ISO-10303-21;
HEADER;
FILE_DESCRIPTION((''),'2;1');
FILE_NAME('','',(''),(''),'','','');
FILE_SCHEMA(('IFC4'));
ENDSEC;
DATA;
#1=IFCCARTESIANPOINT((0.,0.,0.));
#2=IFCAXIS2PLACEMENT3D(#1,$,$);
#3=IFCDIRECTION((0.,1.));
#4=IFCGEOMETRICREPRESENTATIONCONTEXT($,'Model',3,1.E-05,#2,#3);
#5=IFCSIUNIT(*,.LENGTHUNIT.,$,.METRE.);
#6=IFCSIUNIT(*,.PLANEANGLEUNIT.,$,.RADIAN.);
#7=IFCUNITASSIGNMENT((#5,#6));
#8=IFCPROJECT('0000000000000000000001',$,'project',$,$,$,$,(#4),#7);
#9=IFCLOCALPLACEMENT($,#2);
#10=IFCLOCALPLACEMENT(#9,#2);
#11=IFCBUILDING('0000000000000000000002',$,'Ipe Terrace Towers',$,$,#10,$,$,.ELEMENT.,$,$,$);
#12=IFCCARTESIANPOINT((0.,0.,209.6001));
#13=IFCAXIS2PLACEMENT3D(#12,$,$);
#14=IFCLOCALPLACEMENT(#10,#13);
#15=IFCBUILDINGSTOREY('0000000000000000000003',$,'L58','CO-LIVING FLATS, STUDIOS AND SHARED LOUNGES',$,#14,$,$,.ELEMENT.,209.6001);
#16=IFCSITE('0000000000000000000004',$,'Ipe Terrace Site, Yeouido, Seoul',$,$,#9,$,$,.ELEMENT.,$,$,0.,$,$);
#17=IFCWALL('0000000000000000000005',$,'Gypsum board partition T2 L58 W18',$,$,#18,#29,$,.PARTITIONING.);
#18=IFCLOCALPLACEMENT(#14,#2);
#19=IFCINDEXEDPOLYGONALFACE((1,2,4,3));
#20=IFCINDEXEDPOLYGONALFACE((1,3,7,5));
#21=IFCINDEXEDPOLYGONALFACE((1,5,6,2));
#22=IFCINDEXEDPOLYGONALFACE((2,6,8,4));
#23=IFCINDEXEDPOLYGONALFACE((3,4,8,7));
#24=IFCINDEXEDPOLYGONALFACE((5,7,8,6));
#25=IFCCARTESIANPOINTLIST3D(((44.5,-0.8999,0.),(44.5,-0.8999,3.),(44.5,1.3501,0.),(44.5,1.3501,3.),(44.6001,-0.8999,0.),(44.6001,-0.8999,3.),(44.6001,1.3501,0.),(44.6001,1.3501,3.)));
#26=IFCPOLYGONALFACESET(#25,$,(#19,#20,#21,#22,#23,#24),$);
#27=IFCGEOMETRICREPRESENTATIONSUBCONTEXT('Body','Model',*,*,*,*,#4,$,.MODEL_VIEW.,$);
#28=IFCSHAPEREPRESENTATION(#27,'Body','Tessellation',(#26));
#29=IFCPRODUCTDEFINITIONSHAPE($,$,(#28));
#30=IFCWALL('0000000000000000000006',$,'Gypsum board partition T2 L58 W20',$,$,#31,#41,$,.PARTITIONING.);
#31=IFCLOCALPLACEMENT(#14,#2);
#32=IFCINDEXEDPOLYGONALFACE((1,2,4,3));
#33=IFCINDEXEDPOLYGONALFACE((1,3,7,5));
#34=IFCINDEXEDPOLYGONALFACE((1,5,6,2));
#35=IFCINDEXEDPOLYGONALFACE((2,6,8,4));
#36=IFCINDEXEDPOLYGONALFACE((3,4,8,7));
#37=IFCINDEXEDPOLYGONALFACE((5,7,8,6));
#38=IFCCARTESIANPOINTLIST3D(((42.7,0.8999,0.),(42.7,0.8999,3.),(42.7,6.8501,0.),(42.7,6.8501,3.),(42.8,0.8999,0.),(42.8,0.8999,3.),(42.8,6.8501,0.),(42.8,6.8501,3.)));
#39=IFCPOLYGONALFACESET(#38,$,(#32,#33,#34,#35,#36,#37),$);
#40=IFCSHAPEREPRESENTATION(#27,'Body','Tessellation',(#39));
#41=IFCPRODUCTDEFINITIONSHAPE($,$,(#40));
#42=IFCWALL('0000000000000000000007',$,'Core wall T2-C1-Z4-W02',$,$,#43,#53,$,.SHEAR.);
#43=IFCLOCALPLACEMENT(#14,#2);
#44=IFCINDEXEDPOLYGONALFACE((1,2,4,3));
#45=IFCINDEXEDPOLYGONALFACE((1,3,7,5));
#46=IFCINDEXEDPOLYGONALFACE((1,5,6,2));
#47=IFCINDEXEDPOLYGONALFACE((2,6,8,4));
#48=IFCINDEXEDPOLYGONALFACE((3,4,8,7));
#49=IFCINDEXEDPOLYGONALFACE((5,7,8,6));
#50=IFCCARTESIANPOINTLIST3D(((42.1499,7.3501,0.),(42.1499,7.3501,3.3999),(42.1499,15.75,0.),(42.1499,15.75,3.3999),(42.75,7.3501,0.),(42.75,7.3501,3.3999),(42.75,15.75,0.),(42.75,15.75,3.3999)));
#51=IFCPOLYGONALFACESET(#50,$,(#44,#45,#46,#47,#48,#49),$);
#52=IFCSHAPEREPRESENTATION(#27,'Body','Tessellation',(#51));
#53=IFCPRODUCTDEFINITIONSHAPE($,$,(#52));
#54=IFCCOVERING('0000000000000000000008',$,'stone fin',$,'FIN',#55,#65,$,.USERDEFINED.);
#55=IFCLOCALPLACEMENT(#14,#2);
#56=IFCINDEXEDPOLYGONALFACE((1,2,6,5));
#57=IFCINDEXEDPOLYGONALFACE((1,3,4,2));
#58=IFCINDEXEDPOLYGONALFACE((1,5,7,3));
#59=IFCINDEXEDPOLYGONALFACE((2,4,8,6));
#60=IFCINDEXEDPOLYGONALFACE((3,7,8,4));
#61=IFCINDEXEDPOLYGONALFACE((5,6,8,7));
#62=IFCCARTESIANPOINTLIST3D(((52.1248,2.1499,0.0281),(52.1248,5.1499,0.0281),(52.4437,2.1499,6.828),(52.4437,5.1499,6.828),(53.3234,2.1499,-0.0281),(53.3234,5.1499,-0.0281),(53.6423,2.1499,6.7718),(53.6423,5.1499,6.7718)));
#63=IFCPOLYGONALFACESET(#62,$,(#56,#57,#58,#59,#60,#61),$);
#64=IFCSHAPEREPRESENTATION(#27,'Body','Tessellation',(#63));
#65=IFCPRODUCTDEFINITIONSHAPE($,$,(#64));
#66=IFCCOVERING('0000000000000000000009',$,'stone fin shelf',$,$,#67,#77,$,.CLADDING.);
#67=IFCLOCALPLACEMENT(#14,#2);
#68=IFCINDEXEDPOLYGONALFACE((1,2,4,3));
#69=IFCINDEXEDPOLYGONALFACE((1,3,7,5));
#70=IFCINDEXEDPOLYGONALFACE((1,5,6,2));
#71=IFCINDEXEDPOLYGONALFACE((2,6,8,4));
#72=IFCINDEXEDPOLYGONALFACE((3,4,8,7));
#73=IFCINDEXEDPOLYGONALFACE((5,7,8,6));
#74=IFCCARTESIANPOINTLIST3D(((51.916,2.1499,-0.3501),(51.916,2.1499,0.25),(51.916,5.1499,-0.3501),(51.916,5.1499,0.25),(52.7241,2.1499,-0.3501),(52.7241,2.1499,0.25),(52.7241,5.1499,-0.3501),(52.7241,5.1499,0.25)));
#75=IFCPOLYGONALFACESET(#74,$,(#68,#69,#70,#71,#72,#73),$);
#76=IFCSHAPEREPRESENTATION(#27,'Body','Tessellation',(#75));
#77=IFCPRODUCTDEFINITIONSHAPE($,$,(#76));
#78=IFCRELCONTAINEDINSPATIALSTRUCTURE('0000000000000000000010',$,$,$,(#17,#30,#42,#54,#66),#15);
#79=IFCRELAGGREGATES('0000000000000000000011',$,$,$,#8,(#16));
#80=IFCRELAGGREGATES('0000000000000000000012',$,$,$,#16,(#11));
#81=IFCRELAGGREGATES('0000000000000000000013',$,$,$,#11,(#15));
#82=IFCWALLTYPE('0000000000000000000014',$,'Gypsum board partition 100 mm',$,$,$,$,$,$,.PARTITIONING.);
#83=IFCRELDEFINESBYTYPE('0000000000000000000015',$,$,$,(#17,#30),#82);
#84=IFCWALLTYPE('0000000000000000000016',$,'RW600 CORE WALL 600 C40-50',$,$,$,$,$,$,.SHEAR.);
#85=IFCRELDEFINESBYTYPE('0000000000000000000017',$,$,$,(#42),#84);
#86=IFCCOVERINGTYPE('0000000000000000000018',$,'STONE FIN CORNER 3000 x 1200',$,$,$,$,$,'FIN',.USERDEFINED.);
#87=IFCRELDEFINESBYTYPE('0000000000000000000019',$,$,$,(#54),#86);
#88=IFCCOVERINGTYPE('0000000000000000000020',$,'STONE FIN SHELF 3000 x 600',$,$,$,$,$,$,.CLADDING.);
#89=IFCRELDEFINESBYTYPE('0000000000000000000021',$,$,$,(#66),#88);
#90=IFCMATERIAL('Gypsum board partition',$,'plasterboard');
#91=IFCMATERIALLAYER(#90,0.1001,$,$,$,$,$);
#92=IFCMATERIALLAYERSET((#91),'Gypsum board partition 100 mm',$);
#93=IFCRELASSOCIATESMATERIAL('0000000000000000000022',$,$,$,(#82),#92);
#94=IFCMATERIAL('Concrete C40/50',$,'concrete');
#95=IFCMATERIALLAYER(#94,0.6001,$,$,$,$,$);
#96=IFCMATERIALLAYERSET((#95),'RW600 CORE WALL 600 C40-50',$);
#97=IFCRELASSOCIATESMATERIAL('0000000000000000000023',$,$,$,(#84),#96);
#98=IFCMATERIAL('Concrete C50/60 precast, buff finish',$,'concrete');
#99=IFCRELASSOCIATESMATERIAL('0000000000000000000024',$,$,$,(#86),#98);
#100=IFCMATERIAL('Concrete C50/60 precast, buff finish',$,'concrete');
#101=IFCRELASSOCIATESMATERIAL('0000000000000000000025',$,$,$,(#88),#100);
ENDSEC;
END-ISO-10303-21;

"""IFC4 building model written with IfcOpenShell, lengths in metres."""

from ifc_helpers import new_model, si_unit, direction, frame, frame_2d, origin, origin_2d, place, context, subcontext, project, spatial, rectangle, extrude, material, layer, layer_set, material_profile, profile_set, type_object, element, save


model = new_model("IFC4")

# Units and contexts
model_context = context("Model", 3, precision=1e-05, world=origin(), true_north=direction((0.0, 1.0)))
body_context = subcontext(model_context, "Body", "Model", "MODEL_VIEW")
ifc_project = project(units=[si_unit("LENGTHUNIT", "METRE"), si_unit("PLANEANGLEUNIT", "RADIAN")], contexts=[model_context])

# Site, building, storey
site_placement = place(None, origin())
site = spatial("IfcSite", under=ifc_project, at=site_placement, Name="Ipe Terrace Site, Yeouido, Seoul", CompositionType="ELEMENT", RefElevation=0.0)
building_placement = place(site_placement, origin())
building = spatial("IfcBuilding", under=site, at=building_placement, Name="Ipe Terrace Towers", CompositionType="ELEMENT")
storey_placement = place(building_placement, frame((0.0, 0.0, 209.6001)))
storey = spatial("IfcBuildingStorey", under=building, at=storey_placement, Name="L58", Description="CO-LIVING FLATS, STUDIOS AND SHARED LOUNGES", CompositionType="ELEMENT", Elevation=209.6001)

# Shared definitions
ifc_material_1 = material(Name="Gypsum board partition", Category="plasterboard")
ifc_layer_1 = layer(ifc_material_1, 0.1001)
ifc_layer_set_1 = layer_set([ifc_layer_1], Name="Gypsum board partition 100 mm")
wall_type_1 = type_object("IfcWallType", Name="Gypsum board partition 100 mm", PredefinedType="PARTITIONING", material=ifc_layer_set_1)

# Walls
wall_1_placement = place(storey_placement, frame((44.55, -0.8999, 0.0), z_axis=(0.0, 0.0, 1.0), x_axis=(0.0, 1.0, 0.0)))
element("IfcWall", 1, at=wall_1_placement, inside=storey, type_object=wall_type_1, Name="Gypsum board partition T2 L58 W18", PredefinedType="PARTITIONING", context=body_context, shape_type="SweptSolid", body=[
    extrude(rectangle(XDim=2.25, YDim=0.1001, at=frame_2d((1.125, 0.0))), origin(), (0.0, 0.0, 1.0), 3.0),
])
wall_2_placement = place(storey_placement, frame((42.75, 0.8999, 0.0), z_axis=(0.0, 0.0, 1.0), x_axis=(0.0, 1.0, 0.0)))
element("IfcWall", 2, at=wall_2_placement, inside=storey, type_object=wall_type_1, Name="Gypsum board partition T2 L58 W20", PredefinedType="PARTITIONING", context=body_context, shape_type="SweptSolid", body=[
    extrude(rectangle(XDim=5.9502, YDim=0.1001, at=frame_2d((2.9751, 0.0))), origin(), (0.0, 0.0, 1.0), 3.0),
])
ifc_material_2 = material(Name="Concrete C40/50", Category="concrete")
ifc_layer_2 = layer(ifc_material_2, 0.6001)
ifc_layer_set_2 = layer_set([ifc_layer_2], Name="RW600 CORE WALL 600 C40-50")
wall_type_2 = type_object("IfcWallType", Name="RW600 CORE WALL 600 C40-50", PredefinedType="SHEAR", material=ifc_layer_set_2)
wall_3_placement = place(storey_placement, frame((42.45, 7.3501, 0.0), z_axis=(0.0, 0.0, 1.0), x_axis=(0.0, 1.0, 0.0)))
element("IfcWall", 3, at=wall_3_placement, inside=storey, type_object=wall_type_2, Name="Core wall T2-C1-Z4-W02", PredefinedType="SHEAR", context=body_context, shape_type="SweptSolid", body=[
    extrude(rectangle(XDim=8.3999, YDim=0.6001, at=frame_2d((4.2, 0.0))), origin(), (0.0, 0.0, 1.0), 3.3999),
])

# Coverings
ifc_material_3 = material(Name="Concrete C50/60 precast, buff finish", Category="concrete")
ifc_material_profile_1 = material_profile(ifc_material_3, rectangle(XDim=3.0, YDim=1.2, at=origin_2d()), Name="STONE FIN CORNER 3000 x 1200")
ifc_profile_set_1 = profile_set([ifc_material_profile_1], Name="Concrete C50/60 precast, buff finish")
covering_type_1 = type_object("IfcCoveringType", Name="STONE FIN CORNER 3000 x 1200", ElementType="FIN", PredefinedType="USERDEFINED", material=ifc_profile_set_1)
covering_1_placement = place(storey_placement, frame((52.7241, 3.6499, 0.0), z_axis=(0.046839, 0.0, 0.998902), x_axis=(0.0, 1.0, 0.0)))
element("IfcCovering", 4, at=covering_1_placement, inside=storey, type_object=covering_type_1, Name="stone fin", ObjectType="FIN", PredefinedType="USERDEFINED", context=body_context, shape_type="SweptSolid", body=[
    extrude(rectangle(XDim=3.0, YDim=1.2, at=origin_2d()), origin(), (0.0, 0.0, 1.0), 6.8074),
])
ifc_material_4 = material(Name="Concrete C50/60 precast, buff finish", Category="concrete")
covering_type_2 = type_object("IfcCoveringType", Name="STONE FIN SHELF 3000 x 600", PredefinedType="CLADDING", material=ifc_material_4)
covering_2_placement = place(storey_placement, frame((52.3201, 3.6499, -0.3501), z_axis=(0.0, 0.0, 1.0), x_axis=(0.0, 1.0, 0.0)))
element("IfcCovering", 5, at=covering_2_placement, inside=storey, type_object=covering_type_2, Name="stone fin shelf", PredefinedType="CLADDING", context=body_context, shape_type="SweptSolid", body=[
    extrude(rectangle(XDim=3.0, YDim=0.8081, at=origin_2d()), origin(), (0.0, 0.0, 1.0), 0.6001),
])

save(model, "model.ifc")
